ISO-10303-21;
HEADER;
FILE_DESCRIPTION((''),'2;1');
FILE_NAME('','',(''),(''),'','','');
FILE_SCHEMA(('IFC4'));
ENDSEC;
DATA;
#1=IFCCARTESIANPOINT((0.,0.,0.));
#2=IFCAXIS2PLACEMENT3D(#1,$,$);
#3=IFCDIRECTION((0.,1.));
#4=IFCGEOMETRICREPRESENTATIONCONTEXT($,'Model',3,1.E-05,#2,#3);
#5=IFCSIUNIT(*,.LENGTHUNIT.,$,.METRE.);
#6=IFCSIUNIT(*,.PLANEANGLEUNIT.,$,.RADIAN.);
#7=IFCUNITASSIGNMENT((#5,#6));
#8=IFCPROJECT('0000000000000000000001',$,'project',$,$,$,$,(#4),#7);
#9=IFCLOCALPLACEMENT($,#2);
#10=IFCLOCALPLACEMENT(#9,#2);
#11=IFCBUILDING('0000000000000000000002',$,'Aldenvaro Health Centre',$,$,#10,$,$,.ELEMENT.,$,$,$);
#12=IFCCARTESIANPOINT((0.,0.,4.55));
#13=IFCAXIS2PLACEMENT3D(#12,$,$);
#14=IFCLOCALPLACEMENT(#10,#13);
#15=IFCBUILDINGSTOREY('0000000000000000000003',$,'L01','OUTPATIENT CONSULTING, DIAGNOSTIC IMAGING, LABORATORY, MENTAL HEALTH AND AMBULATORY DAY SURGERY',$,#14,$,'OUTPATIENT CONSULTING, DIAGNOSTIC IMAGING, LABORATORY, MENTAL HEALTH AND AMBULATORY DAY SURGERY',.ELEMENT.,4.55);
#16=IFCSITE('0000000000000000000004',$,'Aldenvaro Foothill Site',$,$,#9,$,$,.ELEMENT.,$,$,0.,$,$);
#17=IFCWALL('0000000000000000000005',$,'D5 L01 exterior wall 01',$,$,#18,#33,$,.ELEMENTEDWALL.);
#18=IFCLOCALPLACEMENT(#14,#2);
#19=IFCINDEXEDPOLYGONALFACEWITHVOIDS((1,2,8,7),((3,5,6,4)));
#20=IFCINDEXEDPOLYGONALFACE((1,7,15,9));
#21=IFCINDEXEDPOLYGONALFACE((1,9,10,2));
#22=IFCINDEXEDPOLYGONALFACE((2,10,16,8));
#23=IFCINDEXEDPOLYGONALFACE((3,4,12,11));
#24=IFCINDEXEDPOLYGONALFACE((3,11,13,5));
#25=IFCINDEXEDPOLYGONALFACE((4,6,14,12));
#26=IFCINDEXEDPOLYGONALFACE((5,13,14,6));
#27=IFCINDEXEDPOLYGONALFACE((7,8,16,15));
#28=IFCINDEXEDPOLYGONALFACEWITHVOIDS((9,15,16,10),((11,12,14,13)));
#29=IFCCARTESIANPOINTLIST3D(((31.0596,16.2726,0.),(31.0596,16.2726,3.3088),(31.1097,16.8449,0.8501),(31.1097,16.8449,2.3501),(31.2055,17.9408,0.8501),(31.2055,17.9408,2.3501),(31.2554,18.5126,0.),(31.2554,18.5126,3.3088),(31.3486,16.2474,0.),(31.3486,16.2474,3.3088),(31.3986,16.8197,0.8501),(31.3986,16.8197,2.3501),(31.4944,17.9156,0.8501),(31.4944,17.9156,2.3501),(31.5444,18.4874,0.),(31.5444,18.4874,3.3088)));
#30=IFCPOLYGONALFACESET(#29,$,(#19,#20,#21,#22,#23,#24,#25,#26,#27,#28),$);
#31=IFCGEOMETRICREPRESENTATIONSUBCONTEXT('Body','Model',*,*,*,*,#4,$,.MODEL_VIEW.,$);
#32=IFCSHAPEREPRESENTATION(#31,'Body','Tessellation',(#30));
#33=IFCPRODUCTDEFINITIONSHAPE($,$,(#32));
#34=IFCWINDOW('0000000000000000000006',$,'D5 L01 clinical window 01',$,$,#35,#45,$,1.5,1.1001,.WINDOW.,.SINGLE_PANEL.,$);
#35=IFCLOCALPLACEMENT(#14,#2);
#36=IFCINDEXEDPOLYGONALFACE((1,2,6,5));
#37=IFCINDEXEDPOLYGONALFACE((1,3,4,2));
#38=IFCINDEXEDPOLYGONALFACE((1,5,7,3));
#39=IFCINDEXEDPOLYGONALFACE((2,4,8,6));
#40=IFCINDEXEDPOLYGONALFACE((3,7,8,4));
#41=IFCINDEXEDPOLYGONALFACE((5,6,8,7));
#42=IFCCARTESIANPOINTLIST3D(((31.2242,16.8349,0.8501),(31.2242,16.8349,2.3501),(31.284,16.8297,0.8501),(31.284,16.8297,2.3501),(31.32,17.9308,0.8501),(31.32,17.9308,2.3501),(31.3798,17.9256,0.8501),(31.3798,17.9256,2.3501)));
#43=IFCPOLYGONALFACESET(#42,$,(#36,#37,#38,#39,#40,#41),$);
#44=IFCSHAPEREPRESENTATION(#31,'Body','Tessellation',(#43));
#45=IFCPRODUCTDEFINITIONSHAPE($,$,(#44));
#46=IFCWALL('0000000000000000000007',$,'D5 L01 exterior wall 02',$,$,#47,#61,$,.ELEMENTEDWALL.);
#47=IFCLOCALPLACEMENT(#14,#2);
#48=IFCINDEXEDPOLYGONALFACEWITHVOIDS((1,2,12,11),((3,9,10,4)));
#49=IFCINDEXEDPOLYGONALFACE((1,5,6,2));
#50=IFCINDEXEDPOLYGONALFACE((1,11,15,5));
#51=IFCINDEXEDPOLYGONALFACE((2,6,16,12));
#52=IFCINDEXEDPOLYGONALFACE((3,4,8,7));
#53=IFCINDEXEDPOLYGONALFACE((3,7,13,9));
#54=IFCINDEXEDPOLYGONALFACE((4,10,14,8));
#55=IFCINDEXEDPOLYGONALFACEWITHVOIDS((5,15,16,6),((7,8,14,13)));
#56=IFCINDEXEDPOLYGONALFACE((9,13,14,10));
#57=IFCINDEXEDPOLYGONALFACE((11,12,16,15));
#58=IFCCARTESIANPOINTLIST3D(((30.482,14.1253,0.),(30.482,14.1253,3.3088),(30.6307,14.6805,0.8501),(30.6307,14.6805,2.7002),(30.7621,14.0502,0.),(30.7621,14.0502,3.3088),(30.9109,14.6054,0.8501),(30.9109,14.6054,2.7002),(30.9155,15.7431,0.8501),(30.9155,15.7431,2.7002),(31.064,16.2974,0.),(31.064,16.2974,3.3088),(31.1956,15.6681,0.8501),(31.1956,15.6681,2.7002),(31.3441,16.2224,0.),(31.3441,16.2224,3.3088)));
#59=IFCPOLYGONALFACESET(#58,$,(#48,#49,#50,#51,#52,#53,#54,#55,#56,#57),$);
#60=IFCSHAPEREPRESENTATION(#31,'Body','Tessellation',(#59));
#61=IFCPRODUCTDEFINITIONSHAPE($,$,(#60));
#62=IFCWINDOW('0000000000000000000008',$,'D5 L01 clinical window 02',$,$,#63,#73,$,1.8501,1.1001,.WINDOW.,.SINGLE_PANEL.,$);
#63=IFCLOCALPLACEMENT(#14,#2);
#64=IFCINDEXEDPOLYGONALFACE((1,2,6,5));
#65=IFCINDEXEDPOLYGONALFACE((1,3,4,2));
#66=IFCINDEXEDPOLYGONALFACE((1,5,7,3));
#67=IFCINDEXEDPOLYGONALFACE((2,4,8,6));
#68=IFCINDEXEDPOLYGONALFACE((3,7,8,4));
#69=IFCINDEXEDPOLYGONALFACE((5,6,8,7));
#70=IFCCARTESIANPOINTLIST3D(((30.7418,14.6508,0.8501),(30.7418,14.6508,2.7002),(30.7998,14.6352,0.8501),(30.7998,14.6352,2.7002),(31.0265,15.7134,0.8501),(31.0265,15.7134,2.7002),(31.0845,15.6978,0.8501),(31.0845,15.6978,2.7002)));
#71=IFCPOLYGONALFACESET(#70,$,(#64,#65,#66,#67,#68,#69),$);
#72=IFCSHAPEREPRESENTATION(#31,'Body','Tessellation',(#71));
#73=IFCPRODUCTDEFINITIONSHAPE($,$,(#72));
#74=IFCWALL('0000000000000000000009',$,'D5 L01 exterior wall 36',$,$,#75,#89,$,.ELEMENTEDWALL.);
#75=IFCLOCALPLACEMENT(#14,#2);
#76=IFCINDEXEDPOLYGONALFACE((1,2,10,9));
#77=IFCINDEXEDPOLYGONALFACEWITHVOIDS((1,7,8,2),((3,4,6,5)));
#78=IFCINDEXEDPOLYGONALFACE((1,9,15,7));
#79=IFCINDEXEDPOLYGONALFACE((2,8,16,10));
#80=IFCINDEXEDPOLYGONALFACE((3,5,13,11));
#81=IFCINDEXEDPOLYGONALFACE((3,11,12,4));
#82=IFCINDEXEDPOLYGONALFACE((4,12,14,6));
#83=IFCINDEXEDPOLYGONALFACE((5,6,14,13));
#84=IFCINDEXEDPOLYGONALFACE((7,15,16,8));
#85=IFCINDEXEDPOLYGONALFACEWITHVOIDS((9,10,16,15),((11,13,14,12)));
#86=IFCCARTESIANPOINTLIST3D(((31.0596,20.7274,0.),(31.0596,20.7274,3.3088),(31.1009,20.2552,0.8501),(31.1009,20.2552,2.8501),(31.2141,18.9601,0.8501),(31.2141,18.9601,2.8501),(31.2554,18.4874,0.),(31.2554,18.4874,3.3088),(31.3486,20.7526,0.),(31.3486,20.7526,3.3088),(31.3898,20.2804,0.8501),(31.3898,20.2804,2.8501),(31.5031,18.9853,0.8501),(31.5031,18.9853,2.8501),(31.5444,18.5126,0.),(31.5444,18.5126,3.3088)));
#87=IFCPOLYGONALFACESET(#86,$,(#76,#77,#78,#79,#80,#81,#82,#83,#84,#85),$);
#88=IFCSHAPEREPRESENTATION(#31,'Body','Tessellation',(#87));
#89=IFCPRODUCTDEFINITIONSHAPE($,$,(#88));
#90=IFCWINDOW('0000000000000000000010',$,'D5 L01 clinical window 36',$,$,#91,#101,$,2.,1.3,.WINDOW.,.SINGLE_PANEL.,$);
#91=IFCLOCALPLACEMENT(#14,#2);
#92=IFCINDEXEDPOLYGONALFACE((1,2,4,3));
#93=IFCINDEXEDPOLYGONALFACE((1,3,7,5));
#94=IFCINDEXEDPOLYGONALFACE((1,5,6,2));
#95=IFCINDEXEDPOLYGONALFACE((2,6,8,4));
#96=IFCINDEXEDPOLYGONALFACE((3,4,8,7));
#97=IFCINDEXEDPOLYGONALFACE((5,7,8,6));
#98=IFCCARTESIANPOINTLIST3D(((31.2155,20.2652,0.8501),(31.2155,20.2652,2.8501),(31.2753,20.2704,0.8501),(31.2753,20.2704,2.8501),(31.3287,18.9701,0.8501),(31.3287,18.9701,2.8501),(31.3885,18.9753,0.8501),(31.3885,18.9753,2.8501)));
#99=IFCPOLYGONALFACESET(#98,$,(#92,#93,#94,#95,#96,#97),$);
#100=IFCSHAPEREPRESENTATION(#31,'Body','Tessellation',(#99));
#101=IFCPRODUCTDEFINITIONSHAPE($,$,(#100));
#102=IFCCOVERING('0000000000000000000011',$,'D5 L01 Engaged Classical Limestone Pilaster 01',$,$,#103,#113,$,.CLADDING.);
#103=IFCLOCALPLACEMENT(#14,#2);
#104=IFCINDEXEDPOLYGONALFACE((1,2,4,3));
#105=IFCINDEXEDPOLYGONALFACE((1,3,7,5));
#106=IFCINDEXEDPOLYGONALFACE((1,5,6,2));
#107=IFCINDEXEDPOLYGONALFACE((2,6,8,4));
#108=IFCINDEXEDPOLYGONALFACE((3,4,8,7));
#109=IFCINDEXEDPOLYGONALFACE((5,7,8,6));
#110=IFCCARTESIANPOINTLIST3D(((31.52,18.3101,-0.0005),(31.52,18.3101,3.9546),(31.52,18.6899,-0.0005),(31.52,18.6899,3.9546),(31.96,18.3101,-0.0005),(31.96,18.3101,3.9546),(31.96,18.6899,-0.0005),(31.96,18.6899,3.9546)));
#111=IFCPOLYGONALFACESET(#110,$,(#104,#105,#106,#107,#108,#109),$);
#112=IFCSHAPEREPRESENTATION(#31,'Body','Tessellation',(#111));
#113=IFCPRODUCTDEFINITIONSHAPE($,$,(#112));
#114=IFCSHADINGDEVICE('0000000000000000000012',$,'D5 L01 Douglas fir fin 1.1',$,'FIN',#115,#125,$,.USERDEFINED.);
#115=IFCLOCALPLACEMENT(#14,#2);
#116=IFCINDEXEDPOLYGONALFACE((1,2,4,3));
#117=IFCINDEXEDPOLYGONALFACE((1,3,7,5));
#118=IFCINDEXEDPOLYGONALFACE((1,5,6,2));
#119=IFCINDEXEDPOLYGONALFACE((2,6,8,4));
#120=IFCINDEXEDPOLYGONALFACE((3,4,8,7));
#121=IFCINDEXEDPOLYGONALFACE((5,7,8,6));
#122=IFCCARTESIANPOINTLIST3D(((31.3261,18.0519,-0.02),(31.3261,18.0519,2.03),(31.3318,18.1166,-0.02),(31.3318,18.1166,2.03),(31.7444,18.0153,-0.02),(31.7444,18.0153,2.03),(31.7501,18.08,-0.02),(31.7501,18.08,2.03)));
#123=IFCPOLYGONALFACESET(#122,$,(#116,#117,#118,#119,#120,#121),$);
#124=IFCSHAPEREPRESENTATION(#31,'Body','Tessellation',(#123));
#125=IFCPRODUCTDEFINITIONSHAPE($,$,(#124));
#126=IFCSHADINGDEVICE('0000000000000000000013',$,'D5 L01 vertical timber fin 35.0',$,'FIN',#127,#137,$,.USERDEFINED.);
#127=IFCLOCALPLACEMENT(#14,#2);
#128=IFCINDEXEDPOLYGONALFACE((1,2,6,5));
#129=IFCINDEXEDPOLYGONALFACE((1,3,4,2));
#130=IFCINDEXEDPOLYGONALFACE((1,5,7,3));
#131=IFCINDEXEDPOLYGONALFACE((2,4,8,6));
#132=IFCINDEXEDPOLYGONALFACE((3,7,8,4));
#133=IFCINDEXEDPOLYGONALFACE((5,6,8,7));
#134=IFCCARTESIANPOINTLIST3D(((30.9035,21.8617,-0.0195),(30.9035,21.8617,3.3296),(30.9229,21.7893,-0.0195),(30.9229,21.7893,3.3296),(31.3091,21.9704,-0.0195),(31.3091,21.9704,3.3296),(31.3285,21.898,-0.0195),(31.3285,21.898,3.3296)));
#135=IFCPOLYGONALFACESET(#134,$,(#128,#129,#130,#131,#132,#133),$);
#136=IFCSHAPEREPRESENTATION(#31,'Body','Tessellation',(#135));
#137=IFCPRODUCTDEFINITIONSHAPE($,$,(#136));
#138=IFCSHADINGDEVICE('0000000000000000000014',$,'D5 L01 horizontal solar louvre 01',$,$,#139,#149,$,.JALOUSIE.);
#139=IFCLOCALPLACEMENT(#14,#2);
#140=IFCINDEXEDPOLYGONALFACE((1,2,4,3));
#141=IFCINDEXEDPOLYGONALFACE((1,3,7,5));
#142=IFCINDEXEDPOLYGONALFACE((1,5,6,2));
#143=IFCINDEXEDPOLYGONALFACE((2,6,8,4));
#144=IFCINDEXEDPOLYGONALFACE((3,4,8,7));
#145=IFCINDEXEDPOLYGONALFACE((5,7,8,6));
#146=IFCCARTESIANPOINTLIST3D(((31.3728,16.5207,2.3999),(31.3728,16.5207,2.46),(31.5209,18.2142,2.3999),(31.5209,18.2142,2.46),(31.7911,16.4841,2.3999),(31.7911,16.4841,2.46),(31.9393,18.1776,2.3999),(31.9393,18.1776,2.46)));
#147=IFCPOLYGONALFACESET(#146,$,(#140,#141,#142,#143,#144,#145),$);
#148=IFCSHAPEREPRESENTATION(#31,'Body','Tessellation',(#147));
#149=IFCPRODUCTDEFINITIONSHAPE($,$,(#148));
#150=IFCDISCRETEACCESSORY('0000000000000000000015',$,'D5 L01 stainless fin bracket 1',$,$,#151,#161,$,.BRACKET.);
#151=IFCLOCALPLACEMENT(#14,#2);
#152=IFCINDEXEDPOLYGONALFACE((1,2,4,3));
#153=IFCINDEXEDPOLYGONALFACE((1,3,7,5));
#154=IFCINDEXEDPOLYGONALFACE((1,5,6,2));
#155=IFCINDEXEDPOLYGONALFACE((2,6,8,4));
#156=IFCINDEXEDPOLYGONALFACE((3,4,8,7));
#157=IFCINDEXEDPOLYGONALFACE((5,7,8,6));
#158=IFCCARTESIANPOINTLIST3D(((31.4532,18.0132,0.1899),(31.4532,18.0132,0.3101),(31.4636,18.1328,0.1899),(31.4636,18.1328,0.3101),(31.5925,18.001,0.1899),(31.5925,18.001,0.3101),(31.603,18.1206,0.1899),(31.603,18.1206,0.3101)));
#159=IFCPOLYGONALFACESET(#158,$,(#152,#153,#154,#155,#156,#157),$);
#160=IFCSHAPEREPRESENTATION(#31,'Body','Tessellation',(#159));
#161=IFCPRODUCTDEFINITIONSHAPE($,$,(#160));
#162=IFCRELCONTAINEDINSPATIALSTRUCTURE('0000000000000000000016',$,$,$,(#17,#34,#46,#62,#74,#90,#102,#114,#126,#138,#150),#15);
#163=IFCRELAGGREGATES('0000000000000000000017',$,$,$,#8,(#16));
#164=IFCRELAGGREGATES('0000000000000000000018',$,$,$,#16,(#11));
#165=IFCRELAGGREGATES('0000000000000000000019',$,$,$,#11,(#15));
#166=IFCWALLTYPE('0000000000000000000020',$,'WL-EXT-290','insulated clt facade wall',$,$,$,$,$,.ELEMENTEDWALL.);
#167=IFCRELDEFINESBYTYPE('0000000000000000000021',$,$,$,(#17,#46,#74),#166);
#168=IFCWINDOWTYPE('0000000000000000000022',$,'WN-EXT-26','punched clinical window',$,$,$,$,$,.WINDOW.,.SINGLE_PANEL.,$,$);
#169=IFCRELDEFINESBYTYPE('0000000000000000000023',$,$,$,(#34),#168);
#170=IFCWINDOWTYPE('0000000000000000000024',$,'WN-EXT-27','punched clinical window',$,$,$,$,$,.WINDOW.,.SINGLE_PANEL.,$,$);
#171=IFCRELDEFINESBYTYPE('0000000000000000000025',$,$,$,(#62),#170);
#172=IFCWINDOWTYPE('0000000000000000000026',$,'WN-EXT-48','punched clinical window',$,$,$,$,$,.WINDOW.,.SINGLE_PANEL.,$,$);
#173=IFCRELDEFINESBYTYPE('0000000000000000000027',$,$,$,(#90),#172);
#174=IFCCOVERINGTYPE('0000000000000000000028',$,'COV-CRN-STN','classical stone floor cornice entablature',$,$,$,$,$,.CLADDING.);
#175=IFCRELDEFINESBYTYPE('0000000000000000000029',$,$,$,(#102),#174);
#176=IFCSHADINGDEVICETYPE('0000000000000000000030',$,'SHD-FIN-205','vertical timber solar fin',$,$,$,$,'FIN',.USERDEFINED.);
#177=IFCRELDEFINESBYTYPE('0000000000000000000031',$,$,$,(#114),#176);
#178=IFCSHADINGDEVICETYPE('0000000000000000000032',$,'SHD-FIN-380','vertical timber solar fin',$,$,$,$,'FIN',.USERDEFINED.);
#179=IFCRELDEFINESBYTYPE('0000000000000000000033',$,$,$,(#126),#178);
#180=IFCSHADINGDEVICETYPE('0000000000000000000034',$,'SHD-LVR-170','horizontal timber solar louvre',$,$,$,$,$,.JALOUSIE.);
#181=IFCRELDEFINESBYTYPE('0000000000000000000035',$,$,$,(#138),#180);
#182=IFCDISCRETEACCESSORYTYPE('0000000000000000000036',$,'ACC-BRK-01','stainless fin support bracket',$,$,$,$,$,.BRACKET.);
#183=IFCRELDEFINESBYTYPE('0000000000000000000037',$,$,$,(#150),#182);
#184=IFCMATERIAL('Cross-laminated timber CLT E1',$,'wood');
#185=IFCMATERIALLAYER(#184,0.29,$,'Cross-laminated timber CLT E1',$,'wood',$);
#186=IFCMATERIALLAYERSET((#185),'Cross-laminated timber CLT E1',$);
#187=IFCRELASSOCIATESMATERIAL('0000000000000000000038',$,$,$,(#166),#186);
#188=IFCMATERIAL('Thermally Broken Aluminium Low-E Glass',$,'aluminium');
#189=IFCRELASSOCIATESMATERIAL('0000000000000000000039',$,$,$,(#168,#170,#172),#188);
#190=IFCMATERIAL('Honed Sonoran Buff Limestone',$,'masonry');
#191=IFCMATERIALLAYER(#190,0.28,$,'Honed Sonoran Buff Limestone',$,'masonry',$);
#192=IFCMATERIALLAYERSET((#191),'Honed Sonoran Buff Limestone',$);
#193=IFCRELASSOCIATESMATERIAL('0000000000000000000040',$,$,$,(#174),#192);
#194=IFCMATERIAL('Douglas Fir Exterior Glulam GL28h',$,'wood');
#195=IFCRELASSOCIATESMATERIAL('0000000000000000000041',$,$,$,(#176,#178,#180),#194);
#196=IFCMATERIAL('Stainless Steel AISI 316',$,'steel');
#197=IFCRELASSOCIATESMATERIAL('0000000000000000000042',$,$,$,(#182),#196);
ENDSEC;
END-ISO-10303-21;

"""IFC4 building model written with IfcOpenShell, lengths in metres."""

from ifc_helpers import new_model, si_unit, direction, frame, frame_2d, origin, origin_2d, place, context, subcontext, project, spatial, rectangle, extrude, material, layer, layer_set, type_object, element, fill, save


model = new_model("IFC4")

# Units and contexts
model_context = context("Model", 3, precision=1e-05, world=origin(), true_north=direction((0.0, 1.0)))
body_context = subcontext(model_context, "Body", "Model", "MODEL_VIEW")
ifc_project = project(units=[si_unit("LENGTHUNIT", "METRE"), si_unit("PLANEANGLEUNIT", "RADIAN")], contexts=[model_context])

# Site, building, storey
site_placement = place(None, origin())
site = spatial("IfcSite", under=ifc_project, at=site_placement, Name="Aldenvaro Foothill Site", CompositionType="ELEMENT", RefElevation=0.0)
building_placement = place(site_placement, origin())
building = spatial("IfcBuilding", under=site, at=building_placement, Name="Aldenvaro Health Centre", CompositionType="ELEMENT")
storey_placement = place(building_placement, frame((0.0, 0.0, 4.55)))
storey = spatial("IfcBuildingStorey", under=building, at=storey_placement, Name="L01", Description="OUTPATIENT CONSULTING, DIAGNOSTIC IMAGING, LABORATORY, MENTAL HEALTH AND AMBULATORY DAY SURGERY", LongName="OUTPATIENT CONSULTING, DIAGNOSTIC IMAGING, LABORATORY, MENTAL HEALTH AND AMBULATORY DAY SURGERY", CompositionType="ELEMENT", Elevation=4.55)

# Walls, openings, windows
ifc_material_1 = material(Name="Cross-laminated timber CLT E1", Category="wood")
ifc_layer_1 = layer(ifc_material_1, 0.29, Name="Cross-laminated timber CLT E1", Category="wood")
ifc_layer_set_1 = layer_set([ifc_layer_1], Name="Cross-laminated timber CLT E1")
wall_type = type_object("IfcWallType", Name="WL-EXT-290", Description="insulated clt facade wall", PredefinedType="ELEMENTEDWALL", material=ifc_layer_set_1)
wall_1_placement = place(storey_placement, frame((31.3999, 18.5, 0.0), z_axis=(0.0, 0.0, 1.0), x_axis=(-0.087079, -0.996201, 0.0)))
wall_1 = element("IfcWall", 1, at=wall_1_placement, inside=storey, type_object=wall_type, Name="D5 L01 exterior wall 01", PredefinedType="ELEMENTEDWALL", context=body_context, shape_type="SweptSolid", body=[
    extrude(rectangle(XDim=2.2485, YDim=0.29, at=frame_2d((1.1243, 0.0))), origin(), (0.0, 0.0, 1.0), 3.3088),
])
opening_1_placement = place(wall_1_placement, frame((0.574, 0.0, 0.8501)))
opening_1 = element("IfcOpeningElement", 2, at=opening_1_placement, cuts=wall_1, PredefinedType="OPENING", context=body_context, shape_type="SweptSolid", body=[
    extrude(rectangle(XDim=1.1001, YDim=1.5, at=frame_2d((0.55, 0.75))), frame((0.0, 0.155, 0.0), z_axis=(0.0, -1.0, 0.0), x_axis=(1.0, 0.0, 0.0)), (0.0, 0.0, 1.0), 0.3101),
])
ifc_material_2 = material(Name="Thermally Broken Aluminium Low-E Glass", Category="aluminium")
window_type_1 = type_object("IfcWindowType", Name="WN-EXT-26", Description="punched clinical window", PartitioningType="SINGLE_PANEL", PredefinedType="WINDOW", material=ifc_material_2)
window_1_placement = place(opening_1_placement, origin())
window_1 = element("IfcWindow", 3, at=window_1_placement, inside=storey, type_object=window_type_1, Name="D5 L01 clinical window 01", OverallHeight=1.5, OverallWidth=1.1001, PartitioningType="SINGLE_PANEL", PredefinedType="WINDOW", context=body_context, shape_type="SweptSolid", body=[
    extrude(rectangle(XDim=1.1001, YDim=1.5, at=frame_2d((0.55, 0.75))), frame((0.0, 0.03, 0.0), z_axis=(0.0, -1.0, 0.0), x_axis=(1.0, 0.0, 0.0)), (0.0, 0.0, 1.0), 0.0601),
])
fill(opening_1, window_1)
wall_2_placement = place(storey_placement, frame((31.2041, 16.26, 0.0), z_axis=(0.0, 0.0, 1.0), x_axis=(-0.258825, -0.965924, 0.0)))
wall_2 = element("IfcWall", 4, at=wall_2_placement, inside=storey, type_object=wall_type, Name="D5 L01 exterior wall 02", PredefinedType="ELEMENTEDWALL", context=body_context, shape_type="SweptSolid", body=[
    extrude(rectangle(XDim=2.2488, YDim=0.29, at=frame_2d((1.1245, 0.0))), origin(), (0.0, 0.0, 1.0), 3.3088),
])
opening_2_placement = place(wall_2_placement, frame((0.574, 0.0, 0.8501)))
opening_2 = element("IfcOpeningElement", 5, at=opening_2_placement, cuts=wall_2, PredefinedType="OPENING", context=body_context, shape_type="SweptSolid", body=[
    extrude(rectangle(XDim=1.1001, YDim=1.8501, at=frame_2d((0.55, 0.925))), frame((0.0, 0.155, 0.0), z_axis=(0.0, -1.0, 0.0), x_axis=(1.0, 0.0, 0.0)), (0.0, 0.0, 1.0), 0.3101),
])
window_type_2 = type_object("IfcWindowType", Name="WN-EXT-27", Description="punched clinical window", PartitioningType="SINGLE_PANEL", PredefinedType="WINDOW", material=ifc_material_2)
window_2_placement = place(opening_2_placement, origin())
window_2 = element("IfcWindow", 6, at=window_2_placement, inside=storey, type_object=window_type_2, Name="D5 L01 clinical window 02", OverallHeight=1.8501, OverallWidth=1.1001, PartitioningType="SINGLE_PANEL", PredefinedType="WINDOW", context=body_context, shape_type="SweptSolid", body=[
    extrude(rectangle(XDim=1.1001, YDim=1.8501, at=frame_2d((0.55, 0.925))), frame((0.0, 0.03, 0.0), z_axis=(0.0, -1.0, 0.0), x_axis=(1.0, 0.0, 0.0)), (0.0, 0.0, 1.0), 0.0601),
])
fill(opening_2, window_2)
wall_3_placement = place(storey_placement, frame((31.2041, 20.74, 0.0), z_axis=(0.0, 0.0, 1.0), x_axis=(0.087079, -0.996201, 0.0)))
wall_3 = element("IfcWall", 7, at=wall_3_placement, inside=storey, type_object=wall_type, Name="D5 L01 exterior wall 36", PredefinedType="ELEMENTEDWALL", context=body_context, shape_type="SweptSolid", body=[
    extrude(rectangle(XDim=2.2485, YDim=0.29, at=frame_2d((1.1243, 0.0))), origin(), (0.0, 0.0, 1.0), 3.3088),
])
opening_3_placement = place(wall_3_placement, frame((0.4741, 0.0, 0.8501)))
opening_3 = element("IfcOpeningElement", 8, at=opening_3_placement, cuts=wall_3, PredefinedType="OPENING", context=body_context, shape_type="SweptSolid", body=[
    extrude(rectangle(XDim=1.3, YDim=2.0, at=frame_2d((0.6499, 1.0))), frame((0.0, 0.155, 0.0), z_axis=(0.0, -1.0, 0.0), x_axis=(1.0, 0.0, 0.0)), (0.0, 0.0, 1.0), 0.3101),
])
window_type_3 = type_object("IfcWindowType", Name="WN-EXT-48", Description="punched clinical window", PartitioningType="SINGLE_PANEL", PredefinedType="WINDOW", material=ifc_material_2)
window_3_placement = place(opening_3_placement, origin())
window_3 = element("IfcWindow", 9, at=window_3_placement, inside=storey, type_object=window_type_3, Name="D5 L01 clinical window 36", OverallHeight=2.0, OverallWidth=1.3, PartitioningType="SINGLE_PANEL", PredefinedType="WINDOW", context=body_context, shape_type="SweptSolid", body=[
    extrude(rectangle(XDim=1.3, YDim=2.0, at=frame_2d((0.6499, 1.0))), frame((0.0, 0.03, 0.0), z_axis=(0.0, -1.0, 0.0), x_axis=(1.0, 0.0, 0.0)), (0.0, 0.0, 1.0), 0.0601),
])
fill(opening_3, window_3)

# Covering
ifc_material_3 = material(Name="Honed Sonoran Buff Limestone", Category="masonry")
ifc_layer_2 = layer(ifc_material_3, 0.28, Name="Honed Sonoran Buff Limestone", Category="masonry")
ifc_layer_set_2 = layer_set([ifc_layer_2], Name="Honed Sonoran Buff Limestone")
covering_type = type_object("IfcCoveringType", Name="COV-CRN-STN", Description="classical stone floor cornice entablature", PredefinedType="CLADDING", material=ifc_layer_set_2)
covering_placement = place(storey_placement, frame((31.74, 18.5, -0.0005), z_axis=(0.0, 0.0, 1.0), x_axis=(1.0, 0.0, 0.0)))
element("IfcCovering", 10, at=covering_placement, inside=storey, type_object=covering_type, Name="D5 L01 Engaged Classical Limestone Pilaster 01", PredefinedType="CLADDING", context=body_context, shape_type="SweptSolid", body=[
    extrude(rectangle(XDim=0.4399, YDim=0.3799, at=origin_2d()), origin(), (0.0, 0.0, 1.0), 3.9551),
])

# Shading devices
ifc_material_4 = material(Name="Douglas Fir Exterior Glulam GL28h", Category="wood")
shading_device_type_1 = type_object("IfcShadingDeviceType", Name="SHD-FIN-205", Description="vertical timber solar fin", ElementType="FIN", PredefinedType="USERDEFINED", material=ifc_material_4)
shading_device_1_placement = place(storey_placement, frame((31.5381, 18.0659, -0.02), z_axis=(0.0, 0.0, 1.0), x_axis=(-0.087167, -0.996194, 0.0)))
element("IfcShadingDevice", 11, at=shading_device_1_placement, inside=storey, type_object=shading_device_type_1, Name="D5 L01 Douglas fir fin 1.1", ObjectType="FIN", PredefinedType="USERDEFINED", context=body_context, shape_type="SweptSolid", body=[
    extrude(rectangle(XDim=0.0649, YDim=0.4199, at=origin_2d()), origin(), (0.0, 0.0, 1.0), 2.05),
])
shading_device_type_2 = type_object("IfcShadingDeviceType", Name="SHD-FIN-380", Description="vertical timber solar fin", ElementType="FIN", PredefinedType="USERDEFINED", material=ifc_material_4)
shading_device_2_placement = place(storey_placement, frame((31.116, 21.8799, -0.0195), z_axis=(0.0, 0.0, 1.0), x_axis=(0.258825, -0.965924, 0.0)))
element("IfcShadingDevice", 12, at=shading_device_2_placement, inside=storey, type_object=shading_device_type_2, Name="D5 L01 vertical timber fin 35.0", ObjectType="FIN", PredefinedType="USERDEFINED", context=body_context, shape_type="SweptSolid", body=[
    extrude(rectangle(XDim=0.075, YDim=0.4199, at=origin_2d()), origin(), (0.0, 0.0, 1.0), 3.3491),
])
shading_device_type_3 = type_object("IfcShadingDeviceType", Name="SHD-LVR-170", Description="horizontal timber solar louvre", PredefinedType="JALOUSIE", material=ifc_material_4)
shading_device_3_placement = place(storey_placement, frame((31.656, 17.3491, 2.3999), z_axis=(0.0, 0.0, 1.0), x_axis=(-0.087167, -0.996194, 0.0)))
element("IfcShadingDevice", 13, at=shading_device_3_placement, inside=storey, type_object=shading_device_type_3, Name="D5 L01 horizontal solar louvre 01", PredefinedType="JALOUSIE", context=body_context, shape_type="SweptSolid", body=[
    extrude(rectangle(XDim=1.7, YDim=0.4199, at=origin_2d()), origin(), (0.0, 0.0, 1.0), 0.0601),
])

# Discrete accessory
ifc_material_5 = material(Name="Stainless Steel AISI 316", Category="steel")
discrete_accessory_type = type_object("IfcDiscreteAccessoryType", Name="ACC-BRK-01", Description="stainless fin support bracket", PredefinedType="BRACKET", material=ifc_material_5)
discrete_accessory_placement = place(storey_placement, frame((31.5281, 18.0669, 0.1899), z_axis=(0.0, 0.0, 1.0), x_axis=(-0.087167, -0.996194, 0.0)))
element("IfcDiscreteAccessory", 14, at=discrete_accessory_placement, inside=storey, type_object=discrete_accessory_type, Name="D5 L01 stainless fin bracket 1", PredefinedType="BRACKET", context=body_context, shape_type="SweptSolid", body=[
    extrude(rectangle(XDim=0.1201, YDim=0.1399, at=origin_2d()), origin(), (0.0, 0.0, 1.0), 0.1201),
])

save(model, "model.ifc")
